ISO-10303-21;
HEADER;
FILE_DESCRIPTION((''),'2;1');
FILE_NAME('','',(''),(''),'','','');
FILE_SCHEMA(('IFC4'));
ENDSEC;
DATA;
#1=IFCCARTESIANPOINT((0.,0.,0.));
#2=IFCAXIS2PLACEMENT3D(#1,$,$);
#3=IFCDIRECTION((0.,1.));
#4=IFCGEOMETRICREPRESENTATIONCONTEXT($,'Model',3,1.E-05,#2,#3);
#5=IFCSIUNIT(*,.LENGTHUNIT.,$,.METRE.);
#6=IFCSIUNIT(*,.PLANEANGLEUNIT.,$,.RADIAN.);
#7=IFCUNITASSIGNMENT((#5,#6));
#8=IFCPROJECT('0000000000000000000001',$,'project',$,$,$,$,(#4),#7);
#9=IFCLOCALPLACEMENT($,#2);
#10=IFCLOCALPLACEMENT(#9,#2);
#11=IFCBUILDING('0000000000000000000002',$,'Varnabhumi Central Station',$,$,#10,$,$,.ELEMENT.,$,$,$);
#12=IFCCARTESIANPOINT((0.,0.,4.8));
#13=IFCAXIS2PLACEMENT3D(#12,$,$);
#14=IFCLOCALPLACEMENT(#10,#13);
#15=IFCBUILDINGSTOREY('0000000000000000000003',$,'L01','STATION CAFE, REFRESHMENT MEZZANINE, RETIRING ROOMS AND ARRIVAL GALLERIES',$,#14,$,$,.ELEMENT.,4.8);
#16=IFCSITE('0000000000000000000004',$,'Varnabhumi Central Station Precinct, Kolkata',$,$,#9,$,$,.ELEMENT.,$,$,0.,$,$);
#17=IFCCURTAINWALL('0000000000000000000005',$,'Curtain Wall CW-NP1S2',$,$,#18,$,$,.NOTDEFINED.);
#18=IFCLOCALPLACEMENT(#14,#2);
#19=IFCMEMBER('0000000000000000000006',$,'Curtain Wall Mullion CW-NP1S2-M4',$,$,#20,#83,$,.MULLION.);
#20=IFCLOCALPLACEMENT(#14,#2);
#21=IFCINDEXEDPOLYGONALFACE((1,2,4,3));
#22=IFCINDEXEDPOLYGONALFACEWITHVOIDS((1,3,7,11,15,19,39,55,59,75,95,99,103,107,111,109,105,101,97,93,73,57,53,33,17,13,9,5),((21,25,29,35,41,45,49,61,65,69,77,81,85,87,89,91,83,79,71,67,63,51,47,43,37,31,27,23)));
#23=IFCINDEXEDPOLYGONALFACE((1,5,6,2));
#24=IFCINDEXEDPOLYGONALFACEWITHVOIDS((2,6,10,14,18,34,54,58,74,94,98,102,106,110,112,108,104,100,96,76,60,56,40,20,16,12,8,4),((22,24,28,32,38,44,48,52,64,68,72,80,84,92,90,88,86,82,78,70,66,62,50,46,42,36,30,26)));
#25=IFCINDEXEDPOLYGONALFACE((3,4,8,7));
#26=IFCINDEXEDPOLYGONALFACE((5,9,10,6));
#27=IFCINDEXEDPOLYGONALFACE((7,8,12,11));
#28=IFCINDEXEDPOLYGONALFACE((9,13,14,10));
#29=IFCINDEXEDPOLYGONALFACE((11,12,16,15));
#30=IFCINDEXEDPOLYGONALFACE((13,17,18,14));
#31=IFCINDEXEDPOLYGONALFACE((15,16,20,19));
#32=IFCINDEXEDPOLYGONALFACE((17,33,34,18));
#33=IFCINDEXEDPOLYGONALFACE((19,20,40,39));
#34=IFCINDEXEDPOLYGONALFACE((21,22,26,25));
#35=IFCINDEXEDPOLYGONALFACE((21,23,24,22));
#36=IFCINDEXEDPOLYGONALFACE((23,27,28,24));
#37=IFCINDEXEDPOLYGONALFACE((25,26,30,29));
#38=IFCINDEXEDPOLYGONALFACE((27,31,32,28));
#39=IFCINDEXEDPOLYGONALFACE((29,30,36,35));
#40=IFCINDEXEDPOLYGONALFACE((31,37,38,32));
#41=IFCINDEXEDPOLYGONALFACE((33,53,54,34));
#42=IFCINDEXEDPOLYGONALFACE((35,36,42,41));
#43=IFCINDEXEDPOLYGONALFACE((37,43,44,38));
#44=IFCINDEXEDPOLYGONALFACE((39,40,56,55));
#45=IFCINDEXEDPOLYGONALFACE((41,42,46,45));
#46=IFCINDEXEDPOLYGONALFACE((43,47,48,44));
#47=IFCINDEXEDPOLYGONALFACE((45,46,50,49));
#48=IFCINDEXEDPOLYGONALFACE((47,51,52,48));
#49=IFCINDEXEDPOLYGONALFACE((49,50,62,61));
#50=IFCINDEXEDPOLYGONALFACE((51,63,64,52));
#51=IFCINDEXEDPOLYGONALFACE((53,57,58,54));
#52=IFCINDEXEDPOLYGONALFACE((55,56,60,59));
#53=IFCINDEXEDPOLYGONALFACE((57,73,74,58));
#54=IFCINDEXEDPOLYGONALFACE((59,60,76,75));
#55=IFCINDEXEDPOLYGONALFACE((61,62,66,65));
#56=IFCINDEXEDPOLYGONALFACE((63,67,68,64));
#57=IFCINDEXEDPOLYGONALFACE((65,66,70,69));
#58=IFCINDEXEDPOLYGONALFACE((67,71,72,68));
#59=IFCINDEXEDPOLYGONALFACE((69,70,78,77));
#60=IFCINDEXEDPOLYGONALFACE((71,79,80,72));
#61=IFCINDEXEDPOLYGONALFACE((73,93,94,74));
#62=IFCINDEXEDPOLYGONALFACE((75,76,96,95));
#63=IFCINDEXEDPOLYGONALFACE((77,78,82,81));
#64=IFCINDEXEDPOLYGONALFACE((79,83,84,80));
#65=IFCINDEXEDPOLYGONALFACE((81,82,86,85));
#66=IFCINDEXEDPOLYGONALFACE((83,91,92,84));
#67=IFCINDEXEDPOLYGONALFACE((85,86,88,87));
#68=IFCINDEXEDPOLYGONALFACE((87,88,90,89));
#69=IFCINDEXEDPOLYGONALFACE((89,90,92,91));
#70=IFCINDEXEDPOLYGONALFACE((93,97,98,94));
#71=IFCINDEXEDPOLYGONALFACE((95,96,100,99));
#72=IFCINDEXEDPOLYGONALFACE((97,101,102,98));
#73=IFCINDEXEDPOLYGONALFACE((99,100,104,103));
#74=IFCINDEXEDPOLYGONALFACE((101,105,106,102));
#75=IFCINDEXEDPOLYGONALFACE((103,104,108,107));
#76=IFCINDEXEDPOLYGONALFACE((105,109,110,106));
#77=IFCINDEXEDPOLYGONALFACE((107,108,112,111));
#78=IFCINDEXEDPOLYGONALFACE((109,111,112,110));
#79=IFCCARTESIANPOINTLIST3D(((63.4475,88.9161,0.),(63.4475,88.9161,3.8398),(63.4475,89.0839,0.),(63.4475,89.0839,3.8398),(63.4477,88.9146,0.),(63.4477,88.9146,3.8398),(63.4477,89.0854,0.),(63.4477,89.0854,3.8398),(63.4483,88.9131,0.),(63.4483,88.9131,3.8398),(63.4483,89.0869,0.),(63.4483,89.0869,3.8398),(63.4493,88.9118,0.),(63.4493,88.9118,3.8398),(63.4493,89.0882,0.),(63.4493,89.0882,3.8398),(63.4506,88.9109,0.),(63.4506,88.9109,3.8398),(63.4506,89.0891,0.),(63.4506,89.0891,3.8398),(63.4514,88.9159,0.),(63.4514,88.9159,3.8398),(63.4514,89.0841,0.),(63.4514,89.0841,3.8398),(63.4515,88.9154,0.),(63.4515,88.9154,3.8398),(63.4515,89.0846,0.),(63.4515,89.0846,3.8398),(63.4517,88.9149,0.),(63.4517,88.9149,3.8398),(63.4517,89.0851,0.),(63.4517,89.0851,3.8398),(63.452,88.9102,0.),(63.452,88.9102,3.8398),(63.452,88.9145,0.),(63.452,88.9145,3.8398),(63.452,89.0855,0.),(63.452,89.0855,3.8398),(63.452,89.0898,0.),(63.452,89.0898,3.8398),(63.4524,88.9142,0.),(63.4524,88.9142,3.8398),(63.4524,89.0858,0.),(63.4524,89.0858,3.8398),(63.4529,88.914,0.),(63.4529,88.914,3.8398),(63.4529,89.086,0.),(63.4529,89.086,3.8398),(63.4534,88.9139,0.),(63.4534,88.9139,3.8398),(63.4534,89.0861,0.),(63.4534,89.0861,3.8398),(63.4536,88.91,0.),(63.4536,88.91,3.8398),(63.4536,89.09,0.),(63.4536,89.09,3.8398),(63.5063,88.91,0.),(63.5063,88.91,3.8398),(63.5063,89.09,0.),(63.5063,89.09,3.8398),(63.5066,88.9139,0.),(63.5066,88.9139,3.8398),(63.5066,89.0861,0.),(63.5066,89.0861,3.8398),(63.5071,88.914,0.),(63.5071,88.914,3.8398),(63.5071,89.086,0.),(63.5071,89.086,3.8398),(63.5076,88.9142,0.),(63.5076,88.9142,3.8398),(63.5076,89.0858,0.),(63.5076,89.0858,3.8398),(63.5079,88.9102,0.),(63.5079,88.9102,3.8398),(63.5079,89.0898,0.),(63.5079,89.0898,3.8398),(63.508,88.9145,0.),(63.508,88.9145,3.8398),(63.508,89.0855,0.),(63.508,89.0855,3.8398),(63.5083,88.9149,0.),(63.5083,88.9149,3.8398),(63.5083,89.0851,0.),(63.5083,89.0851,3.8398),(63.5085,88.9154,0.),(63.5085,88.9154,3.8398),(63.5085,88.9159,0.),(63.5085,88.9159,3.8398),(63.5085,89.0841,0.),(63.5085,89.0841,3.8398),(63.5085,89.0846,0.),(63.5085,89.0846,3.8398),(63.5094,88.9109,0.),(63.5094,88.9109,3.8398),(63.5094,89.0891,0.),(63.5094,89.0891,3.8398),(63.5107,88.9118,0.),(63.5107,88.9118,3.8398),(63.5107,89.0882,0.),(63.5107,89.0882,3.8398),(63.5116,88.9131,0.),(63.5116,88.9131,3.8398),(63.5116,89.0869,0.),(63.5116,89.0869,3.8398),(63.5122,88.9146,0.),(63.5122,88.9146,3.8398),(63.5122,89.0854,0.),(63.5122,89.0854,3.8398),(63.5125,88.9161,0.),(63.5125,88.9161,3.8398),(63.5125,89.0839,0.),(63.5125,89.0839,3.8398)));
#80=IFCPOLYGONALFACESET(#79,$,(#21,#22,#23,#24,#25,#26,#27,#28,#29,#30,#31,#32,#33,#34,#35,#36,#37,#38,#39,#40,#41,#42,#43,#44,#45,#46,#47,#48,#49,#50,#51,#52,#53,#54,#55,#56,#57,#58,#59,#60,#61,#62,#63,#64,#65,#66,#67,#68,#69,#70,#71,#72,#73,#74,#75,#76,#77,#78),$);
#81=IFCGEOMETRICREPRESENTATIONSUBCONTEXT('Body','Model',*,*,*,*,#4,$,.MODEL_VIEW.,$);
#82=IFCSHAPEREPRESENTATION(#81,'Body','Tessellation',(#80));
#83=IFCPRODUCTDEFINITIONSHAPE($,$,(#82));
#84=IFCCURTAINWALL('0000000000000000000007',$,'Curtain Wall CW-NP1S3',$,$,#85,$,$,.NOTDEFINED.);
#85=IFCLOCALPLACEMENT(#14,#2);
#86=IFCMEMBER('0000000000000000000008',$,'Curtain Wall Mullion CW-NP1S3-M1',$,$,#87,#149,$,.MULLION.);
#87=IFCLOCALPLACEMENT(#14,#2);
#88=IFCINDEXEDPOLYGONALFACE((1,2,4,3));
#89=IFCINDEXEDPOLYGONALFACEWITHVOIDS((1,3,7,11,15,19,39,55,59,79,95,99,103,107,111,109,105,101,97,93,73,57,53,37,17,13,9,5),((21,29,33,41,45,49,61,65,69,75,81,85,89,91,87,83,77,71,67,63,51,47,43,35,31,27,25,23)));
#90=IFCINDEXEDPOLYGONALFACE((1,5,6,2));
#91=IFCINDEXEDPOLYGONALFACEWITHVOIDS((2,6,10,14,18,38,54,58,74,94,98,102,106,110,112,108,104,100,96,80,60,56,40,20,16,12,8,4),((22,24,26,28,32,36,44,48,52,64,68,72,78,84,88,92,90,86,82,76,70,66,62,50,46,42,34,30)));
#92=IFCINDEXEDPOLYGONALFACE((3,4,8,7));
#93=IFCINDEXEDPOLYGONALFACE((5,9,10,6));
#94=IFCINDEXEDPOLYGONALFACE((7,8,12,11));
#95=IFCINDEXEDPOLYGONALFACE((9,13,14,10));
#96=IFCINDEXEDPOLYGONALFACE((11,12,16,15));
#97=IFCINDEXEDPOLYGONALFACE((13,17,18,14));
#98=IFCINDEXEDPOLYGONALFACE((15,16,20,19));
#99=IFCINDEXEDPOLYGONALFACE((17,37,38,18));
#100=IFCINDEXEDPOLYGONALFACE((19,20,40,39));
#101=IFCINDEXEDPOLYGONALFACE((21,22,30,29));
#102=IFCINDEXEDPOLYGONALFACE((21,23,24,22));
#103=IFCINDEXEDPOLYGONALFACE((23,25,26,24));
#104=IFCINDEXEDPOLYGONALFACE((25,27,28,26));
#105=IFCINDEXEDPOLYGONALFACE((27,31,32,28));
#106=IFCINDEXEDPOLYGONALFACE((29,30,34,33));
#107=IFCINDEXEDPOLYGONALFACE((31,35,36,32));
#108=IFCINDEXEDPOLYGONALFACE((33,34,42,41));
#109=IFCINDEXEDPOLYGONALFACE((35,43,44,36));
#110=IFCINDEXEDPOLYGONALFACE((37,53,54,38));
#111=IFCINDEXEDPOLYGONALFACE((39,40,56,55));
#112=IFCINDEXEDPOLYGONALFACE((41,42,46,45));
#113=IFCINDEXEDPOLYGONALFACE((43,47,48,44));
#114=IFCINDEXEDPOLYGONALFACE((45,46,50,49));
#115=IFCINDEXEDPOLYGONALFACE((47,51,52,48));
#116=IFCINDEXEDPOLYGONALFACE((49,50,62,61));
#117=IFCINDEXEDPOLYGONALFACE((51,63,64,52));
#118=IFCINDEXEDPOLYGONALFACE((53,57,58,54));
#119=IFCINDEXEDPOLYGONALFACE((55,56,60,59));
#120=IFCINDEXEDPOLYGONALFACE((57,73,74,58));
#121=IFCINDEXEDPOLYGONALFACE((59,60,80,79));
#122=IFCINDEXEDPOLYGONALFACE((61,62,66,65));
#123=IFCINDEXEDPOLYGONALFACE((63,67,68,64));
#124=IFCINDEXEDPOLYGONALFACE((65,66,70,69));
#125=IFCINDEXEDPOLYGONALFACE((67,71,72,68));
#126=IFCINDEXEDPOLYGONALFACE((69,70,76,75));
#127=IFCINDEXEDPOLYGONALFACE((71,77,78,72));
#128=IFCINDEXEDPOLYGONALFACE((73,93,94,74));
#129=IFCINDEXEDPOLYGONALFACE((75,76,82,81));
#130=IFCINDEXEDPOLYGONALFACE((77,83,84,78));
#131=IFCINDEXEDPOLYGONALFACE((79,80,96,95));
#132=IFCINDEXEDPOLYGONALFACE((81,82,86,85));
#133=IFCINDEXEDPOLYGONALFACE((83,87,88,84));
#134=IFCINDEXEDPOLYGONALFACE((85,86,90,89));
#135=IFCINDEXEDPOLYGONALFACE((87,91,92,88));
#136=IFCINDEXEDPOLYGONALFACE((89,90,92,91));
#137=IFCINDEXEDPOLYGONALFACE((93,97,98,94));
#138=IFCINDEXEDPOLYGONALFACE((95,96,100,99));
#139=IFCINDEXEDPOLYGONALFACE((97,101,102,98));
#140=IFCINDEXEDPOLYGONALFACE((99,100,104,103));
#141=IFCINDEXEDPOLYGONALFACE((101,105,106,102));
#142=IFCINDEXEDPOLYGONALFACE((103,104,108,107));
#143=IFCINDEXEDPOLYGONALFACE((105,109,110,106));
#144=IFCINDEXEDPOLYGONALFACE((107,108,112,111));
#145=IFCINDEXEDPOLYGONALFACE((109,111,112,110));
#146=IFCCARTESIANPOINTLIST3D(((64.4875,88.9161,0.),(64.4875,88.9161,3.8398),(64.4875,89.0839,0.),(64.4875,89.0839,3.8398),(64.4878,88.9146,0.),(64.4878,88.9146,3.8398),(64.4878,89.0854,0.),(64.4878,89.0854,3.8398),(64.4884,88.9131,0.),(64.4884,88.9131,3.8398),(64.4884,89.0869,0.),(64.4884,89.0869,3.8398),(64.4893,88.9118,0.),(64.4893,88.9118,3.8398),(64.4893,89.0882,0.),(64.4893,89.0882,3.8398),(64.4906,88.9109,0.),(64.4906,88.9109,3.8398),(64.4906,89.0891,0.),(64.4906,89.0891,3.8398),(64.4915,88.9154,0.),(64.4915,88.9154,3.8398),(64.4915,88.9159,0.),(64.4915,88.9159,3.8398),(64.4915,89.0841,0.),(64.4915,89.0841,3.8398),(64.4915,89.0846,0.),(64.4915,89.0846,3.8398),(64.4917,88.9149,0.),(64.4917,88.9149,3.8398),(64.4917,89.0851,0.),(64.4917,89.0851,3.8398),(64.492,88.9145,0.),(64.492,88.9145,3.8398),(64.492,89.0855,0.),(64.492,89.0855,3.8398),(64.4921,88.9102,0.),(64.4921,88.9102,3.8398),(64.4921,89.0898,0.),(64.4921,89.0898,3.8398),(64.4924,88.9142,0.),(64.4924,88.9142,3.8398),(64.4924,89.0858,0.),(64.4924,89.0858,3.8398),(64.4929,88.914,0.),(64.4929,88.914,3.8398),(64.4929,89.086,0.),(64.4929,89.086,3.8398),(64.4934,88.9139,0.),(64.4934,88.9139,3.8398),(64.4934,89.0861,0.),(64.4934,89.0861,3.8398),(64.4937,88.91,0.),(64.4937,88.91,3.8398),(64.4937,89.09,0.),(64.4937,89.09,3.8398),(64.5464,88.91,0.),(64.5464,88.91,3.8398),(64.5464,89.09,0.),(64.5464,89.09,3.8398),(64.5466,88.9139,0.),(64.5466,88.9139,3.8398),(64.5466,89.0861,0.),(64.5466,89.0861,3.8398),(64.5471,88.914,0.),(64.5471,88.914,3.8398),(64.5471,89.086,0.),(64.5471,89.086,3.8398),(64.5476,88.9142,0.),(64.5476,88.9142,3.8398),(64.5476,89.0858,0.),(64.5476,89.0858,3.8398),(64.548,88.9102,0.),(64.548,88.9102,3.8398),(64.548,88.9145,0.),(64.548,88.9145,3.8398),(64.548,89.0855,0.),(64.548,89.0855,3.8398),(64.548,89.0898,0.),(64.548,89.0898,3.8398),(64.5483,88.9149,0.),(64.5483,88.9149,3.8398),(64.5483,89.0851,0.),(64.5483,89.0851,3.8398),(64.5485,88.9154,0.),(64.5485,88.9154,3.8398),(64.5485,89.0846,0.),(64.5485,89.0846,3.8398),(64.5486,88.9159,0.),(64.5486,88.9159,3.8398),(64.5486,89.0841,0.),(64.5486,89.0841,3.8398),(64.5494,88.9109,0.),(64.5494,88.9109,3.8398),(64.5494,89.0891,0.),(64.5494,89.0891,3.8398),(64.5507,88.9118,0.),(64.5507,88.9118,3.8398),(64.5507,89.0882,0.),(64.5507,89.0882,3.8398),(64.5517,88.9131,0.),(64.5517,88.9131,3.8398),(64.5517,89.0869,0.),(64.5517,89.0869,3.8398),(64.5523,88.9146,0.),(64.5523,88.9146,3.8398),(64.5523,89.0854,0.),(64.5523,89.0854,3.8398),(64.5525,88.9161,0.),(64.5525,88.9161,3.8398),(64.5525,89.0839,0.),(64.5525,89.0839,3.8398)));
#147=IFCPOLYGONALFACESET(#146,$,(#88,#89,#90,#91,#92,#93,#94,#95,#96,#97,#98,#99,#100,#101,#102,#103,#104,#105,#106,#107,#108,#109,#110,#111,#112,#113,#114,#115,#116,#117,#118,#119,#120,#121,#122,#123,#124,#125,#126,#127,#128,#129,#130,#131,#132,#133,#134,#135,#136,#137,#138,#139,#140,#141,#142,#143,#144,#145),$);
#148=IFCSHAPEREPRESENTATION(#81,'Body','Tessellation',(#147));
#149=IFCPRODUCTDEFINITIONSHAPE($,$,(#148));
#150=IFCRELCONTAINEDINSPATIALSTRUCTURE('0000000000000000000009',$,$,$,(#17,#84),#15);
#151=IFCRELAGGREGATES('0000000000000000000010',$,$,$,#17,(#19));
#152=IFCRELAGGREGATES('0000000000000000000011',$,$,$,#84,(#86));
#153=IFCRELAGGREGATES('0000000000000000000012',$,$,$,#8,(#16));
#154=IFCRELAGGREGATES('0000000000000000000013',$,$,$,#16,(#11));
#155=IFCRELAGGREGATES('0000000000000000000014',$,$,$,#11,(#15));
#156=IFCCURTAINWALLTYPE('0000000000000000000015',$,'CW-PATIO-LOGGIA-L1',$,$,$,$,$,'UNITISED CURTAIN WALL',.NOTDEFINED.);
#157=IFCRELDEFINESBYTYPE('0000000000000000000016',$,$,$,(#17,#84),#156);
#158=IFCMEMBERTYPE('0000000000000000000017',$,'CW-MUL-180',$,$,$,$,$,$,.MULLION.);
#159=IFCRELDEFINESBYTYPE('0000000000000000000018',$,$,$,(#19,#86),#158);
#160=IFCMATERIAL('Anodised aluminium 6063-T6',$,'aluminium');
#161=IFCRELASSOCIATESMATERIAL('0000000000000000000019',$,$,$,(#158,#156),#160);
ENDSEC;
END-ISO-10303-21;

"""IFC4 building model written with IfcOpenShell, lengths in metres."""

from ifc_helpers import new_model, si_unit, direction, frame, origin, origin_2d, place, context, subcontext, project, spatial, hollow_rectangle, extrude, material, material_profile, profile_set, type_object, element, aggregate, save


model = new_model("IFC4")

# Units and contexts
model_context = context("Model", 3, precision=1e-05, world=origin(), true_north=direction((0.0, 1.0)))
body_context = subcontext(model_context, "Body", "Model", "MODEL_VIEW")
ifc_project = project(units=[si_unit("LENGTHUNIT", "METRE"), si_unit("PLANEANGLEUNIT", "RADIAN")], contexts=[model_context])

# Site, building, storey
site_placement = place(None, origin())
site = spatial("IfcSite", under=ifc_project, at=site_placement, Name="Varnabhumi Central Station Precinct, Kolkata", CompositionType="ELEMENT", RefElevation=0.0)
building_placement = place(site_placement, origin())
building = spatial("IfcBuilding", under=site, at=building_placement, Name="Varnabhumi Central Station", CompositionType="ELEMENT")
storey_placement = place(building_placement, frame((0.0, 0.0, 4.8)))
storey = spatial("IfcBuildingStorey", under=building, at=storey_placement, Name="L01", Description="STATION CAFE, REFRESHMENT MEZZANINE, RETIRING ROOMS AND ARRIVAL GALLERIES", CompositionType="ELEMENT", Elevation=4.8)

# Shared definitions
ifc_material_1 = material(Name="Anodised aluminium 6063-T6", Category="aluminium")
ifc_material_profile_1 = material_profile(ifc_material_1, hollow_rectangle(XDim=0.0649, YDim=0.1799, WallThickness=0.0039, InnerFilletRadius=0.002, OuterFilletRadius=0.0061, at=origin_2d()), Name="Anodised aluminium 6063-T6", Category="aluminium")
ifc_profile_set_1 = profile_set([ifc_material_profile_1], Name="Anodised aluminium 6063-T6")
member_type_1 = type_object("IfcMemberType", Name="CW-MUL-180", PredefinedType="MULLION", material=ifc_profile_set_1)

# Curtain walls, members
curtain_wall_type_1 = type_object("IfcCurtainWallType", Name="CW-PATIO-LOGGIA-L1", ElementType="UNITISED CURTAIN WALL", PredefinedType="NOTDEFINED", material=ifc_material_1)
curtain_wall_1_placement = place(storey_placement, origin())
curtain_wall_1 = element("IfcCurtainWall", 1, at=curtain_wall_1_placement, inside=storey, type_object=curtain_wall_type_1, Name="Curtain Wall CW-NP1S2", PredefinedType="NOTDEFINED")
member_1_placement = place(storey_placement, frame((63.48, 89.0, 0.0), z_axis=(0.0, 0.0, 1.0), x_axis=(1.0, 0.0, 0.0)))
member_1 = element("IfcMember", 2, at=member_1_placement, type_object=member_type_1, Name="Curtain Wall Mullion CW-NP1S2-M4", PredefinedType="MULLION", context=body_context, shape_type="SweptSolid", body=[
    extrude(hollow_rectangle(XDim=0.0649, YDim=0.1799, WallThickness=0.0039, InnerFilletRadius=0.002, OuterFilletRadius=0.0061, at=origin_2d()), origin(), (0.0, 0.0, 1.0), 3.8398),
])
curtain_wall_2_placement = place(storey_placement, origin())
curtain_wall_2 = element("IfcCurtainWall", 3, at=curtain_wall_2_placement, inside=storey, type_object=curtain_wall_type_1, Name="Curtain Wall CW-NP1S3", PredefinedType="NOTDEFINED")
member_2_placement = place(storey_placement, frame((64.52, 89.0, 0.0), z_axis=(0.0, 0.0, 1.0), x_axis=(1.0, 0.0, 0.0)))
member_2 = element("IfcMember", 4, at=member_2_placement, type_object=member_type_1, Name="Curtain Wall Mullion CW-NP1S3-M1", PredefinedType="MULLION", context=body_context, shape_type="SweptSolid", body=[
    extrude(hollow_rectangle(XDim=0.0649, YDim=0.1799, WallThickness=0.0039, InnerFilletRadius=0.002, OuterFilletRadius=0.0061, at=origin_2d()), origin(), (0.0, 0.0, 1.0), 3.8398),
])

aggregate(curtain_wall_1, [member_1])
aggregate(curtain_wall_2, [member_2])

save(model, "model.ifc")
